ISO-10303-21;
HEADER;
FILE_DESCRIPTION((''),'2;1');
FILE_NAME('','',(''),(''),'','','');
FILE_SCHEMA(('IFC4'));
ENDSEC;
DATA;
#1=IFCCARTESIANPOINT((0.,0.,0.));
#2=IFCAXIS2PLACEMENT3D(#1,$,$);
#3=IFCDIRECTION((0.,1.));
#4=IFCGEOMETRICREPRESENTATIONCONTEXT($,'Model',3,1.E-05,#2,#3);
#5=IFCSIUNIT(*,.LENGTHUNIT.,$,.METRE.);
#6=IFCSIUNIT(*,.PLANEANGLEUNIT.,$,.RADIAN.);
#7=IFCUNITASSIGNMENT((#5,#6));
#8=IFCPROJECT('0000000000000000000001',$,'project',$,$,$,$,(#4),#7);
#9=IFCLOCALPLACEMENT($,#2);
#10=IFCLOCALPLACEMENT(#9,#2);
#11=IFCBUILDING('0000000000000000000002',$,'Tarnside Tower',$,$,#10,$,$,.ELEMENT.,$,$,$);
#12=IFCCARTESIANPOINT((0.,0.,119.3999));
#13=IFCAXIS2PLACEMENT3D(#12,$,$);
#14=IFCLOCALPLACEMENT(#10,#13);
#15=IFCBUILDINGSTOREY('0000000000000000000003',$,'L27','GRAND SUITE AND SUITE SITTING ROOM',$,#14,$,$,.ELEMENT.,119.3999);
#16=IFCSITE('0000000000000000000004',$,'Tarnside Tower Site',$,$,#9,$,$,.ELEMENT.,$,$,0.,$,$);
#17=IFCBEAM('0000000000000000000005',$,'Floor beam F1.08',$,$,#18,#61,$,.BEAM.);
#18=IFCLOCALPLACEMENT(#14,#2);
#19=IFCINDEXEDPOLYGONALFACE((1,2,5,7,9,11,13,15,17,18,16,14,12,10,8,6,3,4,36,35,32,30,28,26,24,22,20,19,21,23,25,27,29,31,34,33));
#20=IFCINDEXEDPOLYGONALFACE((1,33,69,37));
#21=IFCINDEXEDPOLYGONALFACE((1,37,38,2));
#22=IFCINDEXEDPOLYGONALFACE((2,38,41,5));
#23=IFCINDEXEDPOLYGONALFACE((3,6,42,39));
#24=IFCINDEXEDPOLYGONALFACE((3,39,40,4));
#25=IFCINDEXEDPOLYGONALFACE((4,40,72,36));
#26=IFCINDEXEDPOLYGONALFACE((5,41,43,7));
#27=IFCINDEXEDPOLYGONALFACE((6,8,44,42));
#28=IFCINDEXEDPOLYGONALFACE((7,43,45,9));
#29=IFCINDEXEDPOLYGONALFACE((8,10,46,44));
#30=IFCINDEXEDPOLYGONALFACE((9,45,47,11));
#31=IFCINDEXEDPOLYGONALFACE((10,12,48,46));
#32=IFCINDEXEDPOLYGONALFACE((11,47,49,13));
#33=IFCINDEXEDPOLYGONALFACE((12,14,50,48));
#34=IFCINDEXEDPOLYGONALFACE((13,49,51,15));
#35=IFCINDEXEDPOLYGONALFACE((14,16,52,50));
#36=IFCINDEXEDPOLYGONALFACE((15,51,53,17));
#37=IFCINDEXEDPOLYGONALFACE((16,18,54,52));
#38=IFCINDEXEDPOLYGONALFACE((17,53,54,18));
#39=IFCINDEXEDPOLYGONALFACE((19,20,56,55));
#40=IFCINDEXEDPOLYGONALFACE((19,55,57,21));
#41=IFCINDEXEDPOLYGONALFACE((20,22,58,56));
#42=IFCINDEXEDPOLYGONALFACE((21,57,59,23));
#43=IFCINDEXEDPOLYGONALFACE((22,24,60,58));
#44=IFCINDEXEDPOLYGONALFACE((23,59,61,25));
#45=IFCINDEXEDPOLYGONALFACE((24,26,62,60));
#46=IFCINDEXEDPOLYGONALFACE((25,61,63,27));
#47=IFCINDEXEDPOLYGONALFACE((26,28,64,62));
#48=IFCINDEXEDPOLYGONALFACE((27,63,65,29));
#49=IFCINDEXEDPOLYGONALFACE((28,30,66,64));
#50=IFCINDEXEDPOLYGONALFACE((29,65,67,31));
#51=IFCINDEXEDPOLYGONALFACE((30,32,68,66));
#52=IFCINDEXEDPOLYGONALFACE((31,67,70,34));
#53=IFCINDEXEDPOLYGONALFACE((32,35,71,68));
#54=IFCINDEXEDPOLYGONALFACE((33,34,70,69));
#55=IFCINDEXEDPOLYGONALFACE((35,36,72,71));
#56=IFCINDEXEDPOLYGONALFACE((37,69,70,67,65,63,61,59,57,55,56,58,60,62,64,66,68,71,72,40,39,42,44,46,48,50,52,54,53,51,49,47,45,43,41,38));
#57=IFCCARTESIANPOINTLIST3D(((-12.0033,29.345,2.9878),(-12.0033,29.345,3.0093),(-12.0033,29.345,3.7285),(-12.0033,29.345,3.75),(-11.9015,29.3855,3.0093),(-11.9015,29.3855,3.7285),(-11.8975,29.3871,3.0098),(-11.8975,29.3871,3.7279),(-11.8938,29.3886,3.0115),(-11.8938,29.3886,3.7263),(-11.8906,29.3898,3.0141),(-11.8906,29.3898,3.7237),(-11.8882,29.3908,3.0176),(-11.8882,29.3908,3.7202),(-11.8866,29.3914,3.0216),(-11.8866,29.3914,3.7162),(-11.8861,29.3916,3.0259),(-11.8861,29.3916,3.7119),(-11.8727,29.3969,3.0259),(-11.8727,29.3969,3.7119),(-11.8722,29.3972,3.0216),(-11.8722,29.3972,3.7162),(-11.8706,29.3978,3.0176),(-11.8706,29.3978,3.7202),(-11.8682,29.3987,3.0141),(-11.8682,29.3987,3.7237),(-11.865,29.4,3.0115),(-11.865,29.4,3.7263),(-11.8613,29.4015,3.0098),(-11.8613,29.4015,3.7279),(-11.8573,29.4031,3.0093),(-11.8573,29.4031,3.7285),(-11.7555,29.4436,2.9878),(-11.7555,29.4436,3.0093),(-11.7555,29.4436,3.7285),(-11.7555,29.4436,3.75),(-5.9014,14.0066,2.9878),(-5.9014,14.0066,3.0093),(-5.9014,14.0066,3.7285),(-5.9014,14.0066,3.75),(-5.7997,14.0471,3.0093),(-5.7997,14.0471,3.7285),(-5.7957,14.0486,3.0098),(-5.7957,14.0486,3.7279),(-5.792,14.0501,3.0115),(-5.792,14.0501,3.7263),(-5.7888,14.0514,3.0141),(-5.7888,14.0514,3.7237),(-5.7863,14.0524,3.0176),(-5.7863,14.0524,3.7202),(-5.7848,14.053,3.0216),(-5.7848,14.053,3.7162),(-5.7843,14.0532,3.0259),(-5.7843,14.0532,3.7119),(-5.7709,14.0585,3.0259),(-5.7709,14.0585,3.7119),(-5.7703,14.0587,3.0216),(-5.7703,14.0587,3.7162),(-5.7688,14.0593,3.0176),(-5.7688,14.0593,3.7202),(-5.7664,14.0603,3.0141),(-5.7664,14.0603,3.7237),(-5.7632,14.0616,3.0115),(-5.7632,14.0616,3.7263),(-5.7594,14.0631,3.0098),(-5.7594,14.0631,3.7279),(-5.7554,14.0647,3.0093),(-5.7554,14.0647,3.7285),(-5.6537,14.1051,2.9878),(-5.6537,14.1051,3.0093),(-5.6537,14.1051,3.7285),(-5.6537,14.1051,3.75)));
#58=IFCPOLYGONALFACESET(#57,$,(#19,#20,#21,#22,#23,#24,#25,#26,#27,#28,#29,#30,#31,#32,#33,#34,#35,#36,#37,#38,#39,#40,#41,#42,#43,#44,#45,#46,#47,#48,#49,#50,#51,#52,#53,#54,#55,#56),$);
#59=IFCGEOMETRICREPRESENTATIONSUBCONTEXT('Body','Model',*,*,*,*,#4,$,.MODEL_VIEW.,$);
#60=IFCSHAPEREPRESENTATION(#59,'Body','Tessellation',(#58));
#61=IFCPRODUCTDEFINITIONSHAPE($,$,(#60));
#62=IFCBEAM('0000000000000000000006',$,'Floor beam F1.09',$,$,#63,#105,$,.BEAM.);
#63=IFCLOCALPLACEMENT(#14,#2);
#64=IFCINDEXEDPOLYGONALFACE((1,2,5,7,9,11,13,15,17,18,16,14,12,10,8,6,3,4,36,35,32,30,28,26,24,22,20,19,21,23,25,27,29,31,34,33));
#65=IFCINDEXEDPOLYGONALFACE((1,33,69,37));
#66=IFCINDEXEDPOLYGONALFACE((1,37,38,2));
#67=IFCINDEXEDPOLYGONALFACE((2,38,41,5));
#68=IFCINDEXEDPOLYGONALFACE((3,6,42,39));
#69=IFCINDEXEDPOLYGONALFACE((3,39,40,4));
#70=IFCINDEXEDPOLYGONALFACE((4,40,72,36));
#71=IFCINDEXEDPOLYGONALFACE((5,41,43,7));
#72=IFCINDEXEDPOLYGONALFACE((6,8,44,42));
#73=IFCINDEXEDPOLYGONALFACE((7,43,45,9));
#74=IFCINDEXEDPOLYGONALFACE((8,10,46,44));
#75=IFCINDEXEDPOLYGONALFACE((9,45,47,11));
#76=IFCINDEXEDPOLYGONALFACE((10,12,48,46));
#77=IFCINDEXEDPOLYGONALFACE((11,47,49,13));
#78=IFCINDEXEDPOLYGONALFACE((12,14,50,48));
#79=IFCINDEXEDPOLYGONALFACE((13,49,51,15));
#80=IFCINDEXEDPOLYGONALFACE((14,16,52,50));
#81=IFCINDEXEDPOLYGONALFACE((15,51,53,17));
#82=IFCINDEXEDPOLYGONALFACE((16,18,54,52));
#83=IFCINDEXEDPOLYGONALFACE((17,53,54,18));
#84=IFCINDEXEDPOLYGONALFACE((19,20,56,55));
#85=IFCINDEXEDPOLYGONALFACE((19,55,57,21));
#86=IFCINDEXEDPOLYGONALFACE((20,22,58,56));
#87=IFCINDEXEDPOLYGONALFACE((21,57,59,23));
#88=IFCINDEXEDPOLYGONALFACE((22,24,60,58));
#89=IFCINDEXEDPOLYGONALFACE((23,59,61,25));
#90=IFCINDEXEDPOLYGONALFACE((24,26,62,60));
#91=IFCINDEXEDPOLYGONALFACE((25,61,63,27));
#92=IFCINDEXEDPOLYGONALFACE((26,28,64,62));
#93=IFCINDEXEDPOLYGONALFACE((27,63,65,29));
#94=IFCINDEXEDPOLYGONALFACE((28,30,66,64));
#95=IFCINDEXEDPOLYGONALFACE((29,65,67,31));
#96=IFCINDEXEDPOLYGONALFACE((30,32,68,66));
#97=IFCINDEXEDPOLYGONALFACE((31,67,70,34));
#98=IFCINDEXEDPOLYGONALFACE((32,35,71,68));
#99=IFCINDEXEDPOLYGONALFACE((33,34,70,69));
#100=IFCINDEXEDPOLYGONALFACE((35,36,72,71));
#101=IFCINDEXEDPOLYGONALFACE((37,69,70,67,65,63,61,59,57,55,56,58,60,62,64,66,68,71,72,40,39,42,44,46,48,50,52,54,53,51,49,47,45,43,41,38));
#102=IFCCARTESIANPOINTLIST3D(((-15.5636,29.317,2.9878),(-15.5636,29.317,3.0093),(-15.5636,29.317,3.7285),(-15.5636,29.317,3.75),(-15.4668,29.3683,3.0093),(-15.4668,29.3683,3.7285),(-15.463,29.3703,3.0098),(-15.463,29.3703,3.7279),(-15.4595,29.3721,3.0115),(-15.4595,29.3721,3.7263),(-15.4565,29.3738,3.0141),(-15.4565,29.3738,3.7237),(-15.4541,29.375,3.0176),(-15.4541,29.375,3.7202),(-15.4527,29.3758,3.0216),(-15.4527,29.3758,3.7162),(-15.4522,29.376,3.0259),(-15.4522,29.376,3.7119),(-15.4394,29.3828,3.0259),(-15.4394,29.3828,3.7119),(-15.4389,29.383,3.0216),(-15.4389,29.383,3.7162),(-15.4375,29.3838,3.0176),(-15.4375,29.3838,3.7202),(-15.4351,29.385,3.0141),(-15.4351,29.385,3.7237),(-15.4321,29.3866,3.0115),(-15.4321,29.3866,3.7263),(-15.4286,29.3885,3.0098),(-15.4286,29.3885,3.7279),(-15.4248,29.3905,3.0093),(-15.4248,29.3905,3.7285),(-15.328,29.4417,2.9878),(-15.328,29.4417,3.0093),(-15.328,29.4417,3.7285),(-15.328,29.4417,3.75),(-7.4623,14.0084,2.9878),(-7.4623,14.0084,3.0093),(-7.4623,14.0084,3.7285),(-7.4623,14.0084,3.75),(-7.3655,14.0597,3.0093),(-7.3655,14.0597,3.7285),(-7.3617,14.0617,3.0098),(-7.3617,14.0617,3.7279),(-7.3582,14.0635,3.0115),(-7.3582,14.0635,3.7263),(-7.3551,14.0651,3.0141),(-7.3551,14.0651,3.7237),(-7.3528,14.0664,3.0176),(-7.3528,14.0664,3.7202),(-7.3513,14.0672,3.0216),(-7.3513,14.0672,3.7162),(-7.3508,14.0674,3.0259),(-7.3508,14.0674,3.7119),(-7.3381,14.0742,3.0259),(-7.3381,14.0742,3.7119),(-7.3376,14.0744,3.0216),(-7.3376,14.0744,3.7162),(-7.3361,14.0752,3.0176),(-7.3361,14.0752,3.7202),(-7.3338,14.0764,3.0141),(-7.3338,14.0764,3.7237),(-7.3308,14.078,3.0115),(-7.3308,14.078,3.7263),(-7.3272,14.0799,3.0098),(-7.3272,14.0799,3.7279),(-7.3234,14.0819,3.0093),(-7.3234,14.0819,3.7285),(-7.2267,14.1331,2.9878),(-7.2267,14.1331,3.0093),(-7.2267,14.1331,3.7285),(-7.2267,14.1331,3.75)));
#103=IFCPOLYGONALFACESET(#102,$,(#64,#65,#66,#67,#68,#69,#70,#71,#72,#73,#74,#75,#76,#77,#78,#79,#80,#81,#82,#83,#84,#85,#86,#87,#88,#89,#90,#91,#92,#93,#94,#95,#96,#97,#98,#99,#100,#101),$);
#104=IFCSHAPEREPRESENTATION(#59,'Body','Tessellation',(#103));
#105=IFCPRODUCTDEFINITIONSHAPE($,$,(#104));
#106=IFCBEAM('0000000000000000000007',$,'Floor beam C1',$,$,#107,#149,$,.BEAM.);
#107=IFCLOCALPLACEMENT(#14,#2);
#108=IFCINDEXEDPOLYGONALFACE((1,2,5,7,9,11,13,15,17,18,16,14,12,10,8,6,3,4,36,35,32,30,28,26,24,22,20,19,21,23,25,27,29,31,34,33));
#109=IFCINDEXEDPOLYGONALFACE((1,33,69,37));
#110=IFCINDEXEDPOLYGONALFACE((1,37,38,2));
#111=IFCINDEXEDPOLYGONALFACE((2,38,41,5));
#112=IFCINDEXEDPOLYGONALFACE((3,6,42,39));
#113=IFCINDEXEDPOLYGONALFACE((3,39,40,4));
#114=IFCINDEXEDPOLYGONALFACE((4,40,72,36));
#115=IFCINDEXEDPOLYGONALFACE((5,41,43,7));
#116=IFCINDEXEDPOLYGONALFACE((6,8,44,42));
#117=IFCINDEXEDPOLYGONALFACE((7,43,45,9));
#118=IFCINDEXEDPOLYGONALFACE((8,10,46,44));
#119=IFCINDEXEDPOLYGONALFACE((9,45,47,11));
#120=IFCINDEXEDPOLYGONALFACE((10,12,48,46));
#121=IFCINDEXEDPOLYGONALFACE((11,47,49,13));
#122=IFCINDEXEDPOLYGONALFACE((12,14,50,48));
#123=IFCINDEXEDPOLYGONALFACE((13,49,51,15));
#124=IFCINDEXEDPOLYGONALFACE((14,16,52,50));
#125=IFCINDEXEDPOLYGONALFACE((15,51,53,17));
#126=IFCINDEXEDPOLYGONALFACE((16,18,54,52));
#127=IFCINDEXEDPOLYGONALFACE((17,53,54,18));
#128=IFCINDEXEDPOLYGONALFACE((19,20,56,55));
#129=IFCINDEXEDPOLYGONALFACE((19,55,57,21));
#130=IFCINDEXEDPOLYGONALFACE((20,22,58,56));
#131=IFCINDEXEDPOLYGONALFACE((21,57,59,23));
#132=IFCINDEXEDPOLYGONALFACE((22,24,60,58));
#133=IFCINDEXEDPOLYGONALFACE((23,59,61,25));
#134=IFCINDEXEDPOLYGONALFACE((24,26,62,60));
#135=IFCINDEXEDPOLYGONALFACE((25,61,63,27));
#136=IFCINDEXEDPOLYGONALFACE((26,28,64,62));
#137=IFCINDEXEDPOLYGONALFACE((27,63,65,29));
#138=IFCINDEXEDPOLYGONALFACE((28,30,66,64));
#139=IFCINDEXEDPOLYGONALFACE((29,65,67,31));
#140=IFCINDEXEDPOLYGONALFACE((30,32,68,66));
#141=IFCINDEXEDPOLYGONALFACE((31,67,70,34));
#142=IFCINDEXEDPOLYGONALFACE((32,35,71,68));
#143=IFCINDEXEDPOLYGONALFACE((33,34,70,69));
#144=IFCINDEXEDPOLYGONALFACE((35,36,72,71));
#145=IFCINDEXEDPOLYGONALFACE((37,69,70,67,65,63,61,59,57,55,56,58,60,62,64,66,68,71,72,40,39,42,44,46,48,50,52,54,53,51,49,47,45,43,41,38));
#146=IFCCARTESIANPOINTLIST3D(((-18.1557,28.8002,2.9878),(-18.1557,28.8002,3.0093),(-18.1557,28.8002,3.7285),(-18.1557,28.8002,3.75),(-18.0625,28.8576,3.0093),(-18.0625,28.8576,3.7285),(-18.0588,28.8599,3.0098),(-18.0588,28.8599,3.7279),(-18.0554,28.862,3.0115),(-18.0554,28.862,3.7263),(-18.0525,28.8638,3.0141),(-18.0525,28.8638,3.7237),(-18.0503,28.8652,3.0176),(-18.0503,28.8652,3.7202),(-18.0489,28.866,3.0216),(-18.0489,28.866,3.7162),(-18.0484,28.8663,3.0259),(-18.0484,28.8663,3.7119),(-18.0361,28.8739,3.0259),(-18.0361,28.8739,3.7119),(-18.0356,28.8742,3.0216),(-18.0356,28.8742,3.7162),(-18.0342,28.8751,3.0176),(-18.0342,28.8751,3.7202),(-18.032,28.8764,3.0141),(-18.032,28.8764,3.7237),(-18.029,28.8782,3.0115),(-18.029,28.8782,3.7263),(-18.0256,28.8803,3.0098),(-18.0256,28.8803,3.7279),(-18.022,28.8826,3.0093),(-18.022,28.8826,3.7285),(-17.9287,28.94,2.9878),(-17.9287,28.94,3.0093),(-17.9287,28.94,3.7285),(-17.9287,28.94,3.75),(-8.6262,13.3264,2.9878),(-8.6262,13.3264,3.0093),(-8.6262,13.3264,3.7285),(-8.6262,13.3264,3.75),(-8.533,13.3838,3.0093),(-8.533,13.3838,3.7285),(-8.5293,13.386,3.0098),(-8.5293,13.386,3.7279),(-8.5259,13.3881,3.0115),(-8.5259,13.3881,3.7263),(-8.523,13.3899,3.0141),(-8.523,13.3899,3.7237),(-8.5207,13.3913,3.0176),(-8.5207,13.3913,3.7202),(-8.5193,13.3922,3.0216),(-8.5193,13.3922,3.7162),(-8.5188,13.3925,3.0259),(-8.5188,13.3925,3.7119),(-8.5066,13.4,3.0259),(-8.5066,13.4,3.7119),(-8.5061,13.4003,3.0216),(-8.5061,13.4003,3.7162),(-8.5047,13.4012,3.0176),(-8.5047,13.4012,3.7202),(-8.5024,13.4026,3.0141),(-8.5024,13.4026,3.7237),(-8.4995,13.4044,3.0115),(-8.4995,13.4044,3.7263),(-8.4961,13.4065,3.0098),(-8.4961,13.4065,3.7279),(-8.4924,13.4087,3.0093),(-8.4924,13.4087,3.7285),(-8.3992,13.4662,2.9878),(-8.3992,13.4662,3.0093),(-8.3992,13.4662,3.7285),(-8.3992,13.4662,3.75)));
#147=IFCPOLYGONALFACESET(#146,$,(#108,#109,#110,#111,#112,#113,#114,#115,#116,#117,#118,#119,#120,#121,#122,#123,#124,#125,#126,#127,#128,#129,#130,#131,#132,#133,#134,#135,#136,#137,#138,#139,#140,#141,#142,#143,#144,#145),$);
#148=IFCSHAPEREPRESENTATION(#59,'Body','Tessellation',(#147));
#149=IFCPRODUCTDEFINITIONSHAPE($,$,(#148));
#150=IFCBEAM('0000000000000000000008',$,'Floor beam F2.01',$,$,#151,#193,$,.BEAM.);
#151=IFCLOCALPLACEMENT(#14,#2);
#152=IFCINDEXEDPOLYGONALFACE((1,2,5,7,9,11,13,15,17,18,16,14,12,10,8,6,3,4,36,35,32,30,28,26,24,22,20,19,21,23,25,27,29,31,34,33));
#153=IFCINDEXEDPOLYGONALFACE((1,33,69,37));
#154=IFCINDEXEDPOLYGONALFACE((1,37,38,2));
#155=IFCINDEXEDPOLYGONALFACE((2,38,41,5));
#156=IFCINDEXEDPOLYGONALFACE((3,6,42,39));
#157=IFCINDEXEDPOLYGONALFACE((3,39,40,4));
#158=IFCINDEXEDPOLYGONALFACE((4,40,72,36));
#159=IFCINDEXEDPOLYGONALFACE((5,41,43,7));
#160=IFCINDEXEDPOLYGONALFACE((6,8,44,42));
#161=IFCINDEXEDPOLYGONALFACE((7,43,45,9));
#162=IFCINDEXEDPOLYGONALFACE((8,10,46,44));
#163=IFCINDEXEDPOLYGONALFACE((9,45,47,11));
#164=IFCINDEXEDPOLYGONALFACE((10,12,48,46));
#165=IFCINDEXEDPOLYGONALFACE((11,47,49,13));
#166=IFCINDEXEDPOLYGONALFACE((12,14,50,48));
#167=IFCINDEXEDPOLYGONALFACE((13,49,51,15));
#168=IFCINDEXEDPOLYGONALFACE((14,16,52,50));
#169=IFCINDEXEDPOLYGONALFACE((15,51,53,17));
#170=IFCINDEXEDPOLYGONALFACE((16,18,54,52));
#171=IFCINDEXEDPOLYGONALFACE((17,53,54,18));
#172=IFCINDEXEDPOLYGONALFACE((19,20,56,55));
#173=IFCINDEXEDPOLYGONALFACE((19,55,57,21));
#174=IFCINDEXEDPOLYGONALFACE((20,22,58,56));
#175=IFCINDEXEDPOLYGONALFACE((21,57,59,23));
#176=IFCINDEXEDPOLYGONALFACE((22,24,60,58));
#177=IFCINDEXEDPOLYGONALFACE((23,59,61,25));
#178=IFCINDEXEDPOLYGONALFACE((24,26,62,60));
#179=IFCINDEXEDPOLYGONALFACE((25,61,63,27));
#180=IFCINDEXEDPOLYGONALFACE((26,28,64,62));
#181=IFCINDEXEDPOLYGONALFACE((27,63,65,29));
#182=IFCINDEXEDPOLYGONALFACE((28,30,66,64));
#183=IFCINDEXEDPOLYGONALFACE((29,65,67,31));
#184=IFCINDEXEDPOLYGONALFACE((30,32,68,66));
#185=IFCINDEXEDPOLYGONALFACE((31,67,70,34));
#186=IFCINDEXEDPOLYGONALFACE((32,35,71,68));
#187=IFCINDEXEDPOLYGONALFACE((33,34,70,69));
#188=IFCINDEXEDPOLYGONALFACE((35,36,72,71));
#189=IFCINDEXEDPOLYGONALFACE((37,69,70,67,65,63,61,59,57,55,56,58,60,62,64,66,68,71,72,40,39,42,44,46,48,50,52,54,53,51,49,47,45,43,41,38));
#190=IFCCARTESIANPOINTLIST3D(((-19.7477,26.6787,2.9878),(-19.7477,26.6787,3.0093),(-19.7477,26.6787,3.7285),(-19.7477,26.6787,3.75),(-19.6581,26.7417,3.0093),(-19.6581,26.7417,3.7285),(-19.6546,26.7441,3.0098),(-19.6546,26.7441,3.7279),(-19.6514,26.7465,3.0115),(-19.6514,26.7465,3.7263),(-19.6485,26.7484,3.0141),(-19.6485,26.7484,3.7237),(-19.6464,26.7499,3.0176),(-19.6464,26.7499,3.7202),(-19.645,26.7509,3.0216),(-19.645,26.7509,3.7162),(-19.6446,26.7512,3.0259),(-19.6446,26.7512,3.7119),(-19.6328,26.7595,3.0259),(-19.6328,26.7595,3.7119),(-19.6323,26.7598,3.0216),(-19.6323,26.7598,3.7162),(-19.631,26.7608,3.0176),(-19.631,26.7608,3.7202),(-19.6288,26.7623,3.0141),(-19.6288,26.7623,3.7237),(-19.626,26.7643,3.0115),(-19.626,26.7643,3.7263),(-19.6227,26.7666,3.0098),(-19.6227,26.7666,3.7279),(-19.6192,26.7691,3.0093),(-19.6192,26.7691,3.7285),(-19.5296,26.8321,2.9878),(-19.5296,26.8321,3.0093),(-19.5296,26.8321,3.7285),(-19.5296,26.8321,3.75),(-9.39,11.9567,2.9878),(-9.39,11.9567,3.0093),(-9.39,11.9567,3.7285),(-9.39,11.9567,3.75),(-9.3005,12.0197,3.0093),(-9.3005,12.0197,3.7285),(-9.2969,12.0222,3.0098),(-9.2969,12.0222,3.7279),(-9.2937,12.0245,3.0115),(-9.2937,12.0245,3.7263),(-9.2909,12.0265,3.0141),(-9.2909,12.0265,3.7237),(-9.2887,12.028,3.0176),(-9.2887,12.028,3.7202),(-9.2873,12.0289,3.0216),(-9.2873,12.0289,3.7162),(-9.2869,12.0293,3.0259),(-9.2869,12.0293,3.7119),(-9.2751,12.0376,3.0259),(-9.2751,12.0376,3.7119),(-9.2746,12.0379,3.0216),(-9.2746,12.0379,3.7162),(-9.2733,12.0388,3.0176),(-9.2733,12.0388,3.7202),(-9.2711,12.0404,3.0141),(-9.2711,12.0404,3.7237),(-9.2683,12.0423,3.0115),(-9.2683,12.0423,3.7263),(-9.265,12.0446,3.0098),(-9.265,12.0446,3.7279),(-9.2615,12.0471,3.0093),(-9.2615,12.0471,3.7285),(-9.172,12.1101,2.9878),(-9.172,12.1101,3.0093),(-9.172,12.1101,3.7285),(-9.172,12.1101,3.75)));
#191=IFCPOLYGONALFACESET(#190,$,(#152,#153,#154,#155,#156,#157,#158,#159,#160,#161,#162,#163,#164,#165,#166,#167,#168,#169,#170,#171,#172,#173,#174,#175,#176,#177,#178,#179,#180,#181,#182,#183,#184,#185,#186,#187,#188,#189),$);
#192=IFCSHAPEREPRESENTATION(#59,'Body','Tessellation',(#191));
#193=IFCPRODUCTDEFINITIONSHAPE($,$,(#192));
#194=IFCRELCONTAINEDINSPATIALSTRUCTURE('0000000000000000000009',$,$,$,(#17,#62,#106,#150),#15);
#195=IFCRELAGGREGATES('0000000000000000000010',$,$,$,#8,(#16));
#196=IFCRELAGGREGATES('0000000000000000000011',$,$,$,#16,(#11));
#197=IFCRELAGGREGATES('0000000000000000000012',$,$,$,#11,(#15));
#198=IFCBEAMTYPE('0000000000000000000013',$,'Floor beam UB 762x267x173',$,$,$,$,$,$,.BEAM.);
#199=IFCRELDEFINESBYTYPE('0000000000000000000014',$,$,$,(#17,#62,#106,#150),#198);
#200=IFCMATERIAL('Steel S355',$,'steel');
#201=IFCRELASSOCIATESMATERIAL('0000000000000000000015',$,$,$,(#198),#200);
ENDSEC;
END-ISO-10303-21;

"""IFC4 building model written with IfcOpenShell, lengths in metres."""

from ifc_helpers import new_model, si_unit, direction, frame, origin, origin_2d, place, context, subcontext, project, spatial, i_section, extrude, material, material_profile, profile_set, type_object, element, save


model = new_model("IFC4")

# Units and contexts
model_context = context("Model", 3, precision=1e-05, world=origin(), true_north=direction((0.0, 1.0)))
body_context = subcontext(model_context, "Body", "Model", "MODEL_VIEW")
ifc_project = project(units=[si_unit("LENGTHUNIT", "METRE"), si_unit("PLANEANGLEUNIT", "RADIAN")], contexts=[model_context])

# Site, building, storey
site_placement = place(None, origin())
site = spatial("IfcSite", under=ifc_project, at=site_placement, Name="Tarnside Tower Site", CompositionType="ELEMENT", RefElevation=0.0)
building_placement = place(site_placement, origin())
building = spatial("IfcBuilding", under=site, at=building_placement, Name="Tarnside Tower", CompositionType="ELEMENT")
storey_placement = place(building_placement, frame((0.0, 0.0, 119.3999)))
storey = spatial("IfcBuildingStorey", under=building, at=storey_placement, Name="L27", Description="GRAND SUITE AND SUITE SITTING ROOM", CompositionType="ELEMENT", Elevation=119.3999)

# Beams
ifc_material_1 = material(Name="Steel S355", Category="steel")
ifc_material_profile = material_profile(ifc_material_1, i_section(OverallWidth=0.2666, OverallDepth=0.7622, WebThickness=0.0144, FlangeThickness=0.0215, FilletRadius=0.0166, at=origin_2d()), Name="UB 762x267x173")
ifc_profile_set = profile_set([ifc_material_profile], Name="Steel S355")
beam_type = type_object("IfcBeamType", Name="Floor beam UB 762x267x173", PredefinedType="BEAM", material=ifc_profile_set)
beam_1_placement = place(storey_placement, frame((-11.8794, 29.3943, 3.3689), z_axis=(0.369638, -0.929176, 0.0), x_axis=(0.929176, 0.369638, 0.0)))
element("IfcBeam", 1, at=beam_1_placement, inside=storey, type_object=beam_type, Name="Floor beam F1.08", PredefinedType="BEAM", context=body_context, shape_type="SweptSolid", body=[
    extrude(i_section(OverallWidth=0.2666, OverallDepth=0.7622, WebThickness=0.0144, FlangeThickness=0.0215, FilletRadius=0.0166, at=origin_2d()), origin(), (0.0, 0.0, 1.0), 16.5076),
])
beam_2_placement = place(storey_placement, frame((-15.4458, 29.3794, 3.3689), z_axis=(0.467742, -0.883865, 0.0), x_axis=(0.883865, 0.467742, 0.0)))
element("IfcBeam", 2, at=beam_2_placement, inside=storey, type_object=beam_type, Name="Floor beam F1.09", PredefinedType="BEAM", context=body_context, shape_type="SweptSolid", body=[
    extrude(i_section(OverallWidth=0.2666, OverallDepth=0.7622, WebThickness=0.0144, FlangeThickness=0.0215, FilletRadius=0.0166, at=origin_2d()), origin(), (0.0, 0.0, 1.0), 17.3201),
])
beam_3_placement = place(storey_placement, frame((-18.0422, 28.8701, 3.3689), z_axis=(0.524383, -0.851483, 0.0), x_axis=(0.851483, 0.524383, 0.0)))
element("IfcBeam", 3, at=beam_3_placement, inside=storey, type_object=beam_type, Name="Floor beam C1", PredefinedType="BEAM", context=body_context, shape_type="SweptSolid", body=[
    extrude(i_section(OverallWidth=0.2666, OverallDepth=0.7622, WebThickness=0.0144, FlangeThickness=0.0215, FilletRadius=0.0166, at=origin_2d()), origin(), (0.0, 0.0, 1.0), 18.1729),
])
beam_4_placement = place(storey_placement, frame((-19.6387, 26.7554, 3.3689), z_axis=(0.575411, -0.817864, 0.0), x_axis=(0.817864, 0.575411, 0.0)))
element("IfcBeam", 4, at=beam_4_placement, inside=storey, type_object=beam_type, Name="Floor beam F2.01", PredefinedType="BEAM", context=body_context, shape_type="SweptSolid", body=[
    extrude(i_section(OverallWidth=0.2666, OverallDepth=0.7622, WebThickness=0.0144, FlangeThickness=0.0215, FilletRadius=0.0166, at=origin_2d()), origin(), (0.0, 0.0, 1.0), 18.0005),
])

save(model, "model.ifc")
